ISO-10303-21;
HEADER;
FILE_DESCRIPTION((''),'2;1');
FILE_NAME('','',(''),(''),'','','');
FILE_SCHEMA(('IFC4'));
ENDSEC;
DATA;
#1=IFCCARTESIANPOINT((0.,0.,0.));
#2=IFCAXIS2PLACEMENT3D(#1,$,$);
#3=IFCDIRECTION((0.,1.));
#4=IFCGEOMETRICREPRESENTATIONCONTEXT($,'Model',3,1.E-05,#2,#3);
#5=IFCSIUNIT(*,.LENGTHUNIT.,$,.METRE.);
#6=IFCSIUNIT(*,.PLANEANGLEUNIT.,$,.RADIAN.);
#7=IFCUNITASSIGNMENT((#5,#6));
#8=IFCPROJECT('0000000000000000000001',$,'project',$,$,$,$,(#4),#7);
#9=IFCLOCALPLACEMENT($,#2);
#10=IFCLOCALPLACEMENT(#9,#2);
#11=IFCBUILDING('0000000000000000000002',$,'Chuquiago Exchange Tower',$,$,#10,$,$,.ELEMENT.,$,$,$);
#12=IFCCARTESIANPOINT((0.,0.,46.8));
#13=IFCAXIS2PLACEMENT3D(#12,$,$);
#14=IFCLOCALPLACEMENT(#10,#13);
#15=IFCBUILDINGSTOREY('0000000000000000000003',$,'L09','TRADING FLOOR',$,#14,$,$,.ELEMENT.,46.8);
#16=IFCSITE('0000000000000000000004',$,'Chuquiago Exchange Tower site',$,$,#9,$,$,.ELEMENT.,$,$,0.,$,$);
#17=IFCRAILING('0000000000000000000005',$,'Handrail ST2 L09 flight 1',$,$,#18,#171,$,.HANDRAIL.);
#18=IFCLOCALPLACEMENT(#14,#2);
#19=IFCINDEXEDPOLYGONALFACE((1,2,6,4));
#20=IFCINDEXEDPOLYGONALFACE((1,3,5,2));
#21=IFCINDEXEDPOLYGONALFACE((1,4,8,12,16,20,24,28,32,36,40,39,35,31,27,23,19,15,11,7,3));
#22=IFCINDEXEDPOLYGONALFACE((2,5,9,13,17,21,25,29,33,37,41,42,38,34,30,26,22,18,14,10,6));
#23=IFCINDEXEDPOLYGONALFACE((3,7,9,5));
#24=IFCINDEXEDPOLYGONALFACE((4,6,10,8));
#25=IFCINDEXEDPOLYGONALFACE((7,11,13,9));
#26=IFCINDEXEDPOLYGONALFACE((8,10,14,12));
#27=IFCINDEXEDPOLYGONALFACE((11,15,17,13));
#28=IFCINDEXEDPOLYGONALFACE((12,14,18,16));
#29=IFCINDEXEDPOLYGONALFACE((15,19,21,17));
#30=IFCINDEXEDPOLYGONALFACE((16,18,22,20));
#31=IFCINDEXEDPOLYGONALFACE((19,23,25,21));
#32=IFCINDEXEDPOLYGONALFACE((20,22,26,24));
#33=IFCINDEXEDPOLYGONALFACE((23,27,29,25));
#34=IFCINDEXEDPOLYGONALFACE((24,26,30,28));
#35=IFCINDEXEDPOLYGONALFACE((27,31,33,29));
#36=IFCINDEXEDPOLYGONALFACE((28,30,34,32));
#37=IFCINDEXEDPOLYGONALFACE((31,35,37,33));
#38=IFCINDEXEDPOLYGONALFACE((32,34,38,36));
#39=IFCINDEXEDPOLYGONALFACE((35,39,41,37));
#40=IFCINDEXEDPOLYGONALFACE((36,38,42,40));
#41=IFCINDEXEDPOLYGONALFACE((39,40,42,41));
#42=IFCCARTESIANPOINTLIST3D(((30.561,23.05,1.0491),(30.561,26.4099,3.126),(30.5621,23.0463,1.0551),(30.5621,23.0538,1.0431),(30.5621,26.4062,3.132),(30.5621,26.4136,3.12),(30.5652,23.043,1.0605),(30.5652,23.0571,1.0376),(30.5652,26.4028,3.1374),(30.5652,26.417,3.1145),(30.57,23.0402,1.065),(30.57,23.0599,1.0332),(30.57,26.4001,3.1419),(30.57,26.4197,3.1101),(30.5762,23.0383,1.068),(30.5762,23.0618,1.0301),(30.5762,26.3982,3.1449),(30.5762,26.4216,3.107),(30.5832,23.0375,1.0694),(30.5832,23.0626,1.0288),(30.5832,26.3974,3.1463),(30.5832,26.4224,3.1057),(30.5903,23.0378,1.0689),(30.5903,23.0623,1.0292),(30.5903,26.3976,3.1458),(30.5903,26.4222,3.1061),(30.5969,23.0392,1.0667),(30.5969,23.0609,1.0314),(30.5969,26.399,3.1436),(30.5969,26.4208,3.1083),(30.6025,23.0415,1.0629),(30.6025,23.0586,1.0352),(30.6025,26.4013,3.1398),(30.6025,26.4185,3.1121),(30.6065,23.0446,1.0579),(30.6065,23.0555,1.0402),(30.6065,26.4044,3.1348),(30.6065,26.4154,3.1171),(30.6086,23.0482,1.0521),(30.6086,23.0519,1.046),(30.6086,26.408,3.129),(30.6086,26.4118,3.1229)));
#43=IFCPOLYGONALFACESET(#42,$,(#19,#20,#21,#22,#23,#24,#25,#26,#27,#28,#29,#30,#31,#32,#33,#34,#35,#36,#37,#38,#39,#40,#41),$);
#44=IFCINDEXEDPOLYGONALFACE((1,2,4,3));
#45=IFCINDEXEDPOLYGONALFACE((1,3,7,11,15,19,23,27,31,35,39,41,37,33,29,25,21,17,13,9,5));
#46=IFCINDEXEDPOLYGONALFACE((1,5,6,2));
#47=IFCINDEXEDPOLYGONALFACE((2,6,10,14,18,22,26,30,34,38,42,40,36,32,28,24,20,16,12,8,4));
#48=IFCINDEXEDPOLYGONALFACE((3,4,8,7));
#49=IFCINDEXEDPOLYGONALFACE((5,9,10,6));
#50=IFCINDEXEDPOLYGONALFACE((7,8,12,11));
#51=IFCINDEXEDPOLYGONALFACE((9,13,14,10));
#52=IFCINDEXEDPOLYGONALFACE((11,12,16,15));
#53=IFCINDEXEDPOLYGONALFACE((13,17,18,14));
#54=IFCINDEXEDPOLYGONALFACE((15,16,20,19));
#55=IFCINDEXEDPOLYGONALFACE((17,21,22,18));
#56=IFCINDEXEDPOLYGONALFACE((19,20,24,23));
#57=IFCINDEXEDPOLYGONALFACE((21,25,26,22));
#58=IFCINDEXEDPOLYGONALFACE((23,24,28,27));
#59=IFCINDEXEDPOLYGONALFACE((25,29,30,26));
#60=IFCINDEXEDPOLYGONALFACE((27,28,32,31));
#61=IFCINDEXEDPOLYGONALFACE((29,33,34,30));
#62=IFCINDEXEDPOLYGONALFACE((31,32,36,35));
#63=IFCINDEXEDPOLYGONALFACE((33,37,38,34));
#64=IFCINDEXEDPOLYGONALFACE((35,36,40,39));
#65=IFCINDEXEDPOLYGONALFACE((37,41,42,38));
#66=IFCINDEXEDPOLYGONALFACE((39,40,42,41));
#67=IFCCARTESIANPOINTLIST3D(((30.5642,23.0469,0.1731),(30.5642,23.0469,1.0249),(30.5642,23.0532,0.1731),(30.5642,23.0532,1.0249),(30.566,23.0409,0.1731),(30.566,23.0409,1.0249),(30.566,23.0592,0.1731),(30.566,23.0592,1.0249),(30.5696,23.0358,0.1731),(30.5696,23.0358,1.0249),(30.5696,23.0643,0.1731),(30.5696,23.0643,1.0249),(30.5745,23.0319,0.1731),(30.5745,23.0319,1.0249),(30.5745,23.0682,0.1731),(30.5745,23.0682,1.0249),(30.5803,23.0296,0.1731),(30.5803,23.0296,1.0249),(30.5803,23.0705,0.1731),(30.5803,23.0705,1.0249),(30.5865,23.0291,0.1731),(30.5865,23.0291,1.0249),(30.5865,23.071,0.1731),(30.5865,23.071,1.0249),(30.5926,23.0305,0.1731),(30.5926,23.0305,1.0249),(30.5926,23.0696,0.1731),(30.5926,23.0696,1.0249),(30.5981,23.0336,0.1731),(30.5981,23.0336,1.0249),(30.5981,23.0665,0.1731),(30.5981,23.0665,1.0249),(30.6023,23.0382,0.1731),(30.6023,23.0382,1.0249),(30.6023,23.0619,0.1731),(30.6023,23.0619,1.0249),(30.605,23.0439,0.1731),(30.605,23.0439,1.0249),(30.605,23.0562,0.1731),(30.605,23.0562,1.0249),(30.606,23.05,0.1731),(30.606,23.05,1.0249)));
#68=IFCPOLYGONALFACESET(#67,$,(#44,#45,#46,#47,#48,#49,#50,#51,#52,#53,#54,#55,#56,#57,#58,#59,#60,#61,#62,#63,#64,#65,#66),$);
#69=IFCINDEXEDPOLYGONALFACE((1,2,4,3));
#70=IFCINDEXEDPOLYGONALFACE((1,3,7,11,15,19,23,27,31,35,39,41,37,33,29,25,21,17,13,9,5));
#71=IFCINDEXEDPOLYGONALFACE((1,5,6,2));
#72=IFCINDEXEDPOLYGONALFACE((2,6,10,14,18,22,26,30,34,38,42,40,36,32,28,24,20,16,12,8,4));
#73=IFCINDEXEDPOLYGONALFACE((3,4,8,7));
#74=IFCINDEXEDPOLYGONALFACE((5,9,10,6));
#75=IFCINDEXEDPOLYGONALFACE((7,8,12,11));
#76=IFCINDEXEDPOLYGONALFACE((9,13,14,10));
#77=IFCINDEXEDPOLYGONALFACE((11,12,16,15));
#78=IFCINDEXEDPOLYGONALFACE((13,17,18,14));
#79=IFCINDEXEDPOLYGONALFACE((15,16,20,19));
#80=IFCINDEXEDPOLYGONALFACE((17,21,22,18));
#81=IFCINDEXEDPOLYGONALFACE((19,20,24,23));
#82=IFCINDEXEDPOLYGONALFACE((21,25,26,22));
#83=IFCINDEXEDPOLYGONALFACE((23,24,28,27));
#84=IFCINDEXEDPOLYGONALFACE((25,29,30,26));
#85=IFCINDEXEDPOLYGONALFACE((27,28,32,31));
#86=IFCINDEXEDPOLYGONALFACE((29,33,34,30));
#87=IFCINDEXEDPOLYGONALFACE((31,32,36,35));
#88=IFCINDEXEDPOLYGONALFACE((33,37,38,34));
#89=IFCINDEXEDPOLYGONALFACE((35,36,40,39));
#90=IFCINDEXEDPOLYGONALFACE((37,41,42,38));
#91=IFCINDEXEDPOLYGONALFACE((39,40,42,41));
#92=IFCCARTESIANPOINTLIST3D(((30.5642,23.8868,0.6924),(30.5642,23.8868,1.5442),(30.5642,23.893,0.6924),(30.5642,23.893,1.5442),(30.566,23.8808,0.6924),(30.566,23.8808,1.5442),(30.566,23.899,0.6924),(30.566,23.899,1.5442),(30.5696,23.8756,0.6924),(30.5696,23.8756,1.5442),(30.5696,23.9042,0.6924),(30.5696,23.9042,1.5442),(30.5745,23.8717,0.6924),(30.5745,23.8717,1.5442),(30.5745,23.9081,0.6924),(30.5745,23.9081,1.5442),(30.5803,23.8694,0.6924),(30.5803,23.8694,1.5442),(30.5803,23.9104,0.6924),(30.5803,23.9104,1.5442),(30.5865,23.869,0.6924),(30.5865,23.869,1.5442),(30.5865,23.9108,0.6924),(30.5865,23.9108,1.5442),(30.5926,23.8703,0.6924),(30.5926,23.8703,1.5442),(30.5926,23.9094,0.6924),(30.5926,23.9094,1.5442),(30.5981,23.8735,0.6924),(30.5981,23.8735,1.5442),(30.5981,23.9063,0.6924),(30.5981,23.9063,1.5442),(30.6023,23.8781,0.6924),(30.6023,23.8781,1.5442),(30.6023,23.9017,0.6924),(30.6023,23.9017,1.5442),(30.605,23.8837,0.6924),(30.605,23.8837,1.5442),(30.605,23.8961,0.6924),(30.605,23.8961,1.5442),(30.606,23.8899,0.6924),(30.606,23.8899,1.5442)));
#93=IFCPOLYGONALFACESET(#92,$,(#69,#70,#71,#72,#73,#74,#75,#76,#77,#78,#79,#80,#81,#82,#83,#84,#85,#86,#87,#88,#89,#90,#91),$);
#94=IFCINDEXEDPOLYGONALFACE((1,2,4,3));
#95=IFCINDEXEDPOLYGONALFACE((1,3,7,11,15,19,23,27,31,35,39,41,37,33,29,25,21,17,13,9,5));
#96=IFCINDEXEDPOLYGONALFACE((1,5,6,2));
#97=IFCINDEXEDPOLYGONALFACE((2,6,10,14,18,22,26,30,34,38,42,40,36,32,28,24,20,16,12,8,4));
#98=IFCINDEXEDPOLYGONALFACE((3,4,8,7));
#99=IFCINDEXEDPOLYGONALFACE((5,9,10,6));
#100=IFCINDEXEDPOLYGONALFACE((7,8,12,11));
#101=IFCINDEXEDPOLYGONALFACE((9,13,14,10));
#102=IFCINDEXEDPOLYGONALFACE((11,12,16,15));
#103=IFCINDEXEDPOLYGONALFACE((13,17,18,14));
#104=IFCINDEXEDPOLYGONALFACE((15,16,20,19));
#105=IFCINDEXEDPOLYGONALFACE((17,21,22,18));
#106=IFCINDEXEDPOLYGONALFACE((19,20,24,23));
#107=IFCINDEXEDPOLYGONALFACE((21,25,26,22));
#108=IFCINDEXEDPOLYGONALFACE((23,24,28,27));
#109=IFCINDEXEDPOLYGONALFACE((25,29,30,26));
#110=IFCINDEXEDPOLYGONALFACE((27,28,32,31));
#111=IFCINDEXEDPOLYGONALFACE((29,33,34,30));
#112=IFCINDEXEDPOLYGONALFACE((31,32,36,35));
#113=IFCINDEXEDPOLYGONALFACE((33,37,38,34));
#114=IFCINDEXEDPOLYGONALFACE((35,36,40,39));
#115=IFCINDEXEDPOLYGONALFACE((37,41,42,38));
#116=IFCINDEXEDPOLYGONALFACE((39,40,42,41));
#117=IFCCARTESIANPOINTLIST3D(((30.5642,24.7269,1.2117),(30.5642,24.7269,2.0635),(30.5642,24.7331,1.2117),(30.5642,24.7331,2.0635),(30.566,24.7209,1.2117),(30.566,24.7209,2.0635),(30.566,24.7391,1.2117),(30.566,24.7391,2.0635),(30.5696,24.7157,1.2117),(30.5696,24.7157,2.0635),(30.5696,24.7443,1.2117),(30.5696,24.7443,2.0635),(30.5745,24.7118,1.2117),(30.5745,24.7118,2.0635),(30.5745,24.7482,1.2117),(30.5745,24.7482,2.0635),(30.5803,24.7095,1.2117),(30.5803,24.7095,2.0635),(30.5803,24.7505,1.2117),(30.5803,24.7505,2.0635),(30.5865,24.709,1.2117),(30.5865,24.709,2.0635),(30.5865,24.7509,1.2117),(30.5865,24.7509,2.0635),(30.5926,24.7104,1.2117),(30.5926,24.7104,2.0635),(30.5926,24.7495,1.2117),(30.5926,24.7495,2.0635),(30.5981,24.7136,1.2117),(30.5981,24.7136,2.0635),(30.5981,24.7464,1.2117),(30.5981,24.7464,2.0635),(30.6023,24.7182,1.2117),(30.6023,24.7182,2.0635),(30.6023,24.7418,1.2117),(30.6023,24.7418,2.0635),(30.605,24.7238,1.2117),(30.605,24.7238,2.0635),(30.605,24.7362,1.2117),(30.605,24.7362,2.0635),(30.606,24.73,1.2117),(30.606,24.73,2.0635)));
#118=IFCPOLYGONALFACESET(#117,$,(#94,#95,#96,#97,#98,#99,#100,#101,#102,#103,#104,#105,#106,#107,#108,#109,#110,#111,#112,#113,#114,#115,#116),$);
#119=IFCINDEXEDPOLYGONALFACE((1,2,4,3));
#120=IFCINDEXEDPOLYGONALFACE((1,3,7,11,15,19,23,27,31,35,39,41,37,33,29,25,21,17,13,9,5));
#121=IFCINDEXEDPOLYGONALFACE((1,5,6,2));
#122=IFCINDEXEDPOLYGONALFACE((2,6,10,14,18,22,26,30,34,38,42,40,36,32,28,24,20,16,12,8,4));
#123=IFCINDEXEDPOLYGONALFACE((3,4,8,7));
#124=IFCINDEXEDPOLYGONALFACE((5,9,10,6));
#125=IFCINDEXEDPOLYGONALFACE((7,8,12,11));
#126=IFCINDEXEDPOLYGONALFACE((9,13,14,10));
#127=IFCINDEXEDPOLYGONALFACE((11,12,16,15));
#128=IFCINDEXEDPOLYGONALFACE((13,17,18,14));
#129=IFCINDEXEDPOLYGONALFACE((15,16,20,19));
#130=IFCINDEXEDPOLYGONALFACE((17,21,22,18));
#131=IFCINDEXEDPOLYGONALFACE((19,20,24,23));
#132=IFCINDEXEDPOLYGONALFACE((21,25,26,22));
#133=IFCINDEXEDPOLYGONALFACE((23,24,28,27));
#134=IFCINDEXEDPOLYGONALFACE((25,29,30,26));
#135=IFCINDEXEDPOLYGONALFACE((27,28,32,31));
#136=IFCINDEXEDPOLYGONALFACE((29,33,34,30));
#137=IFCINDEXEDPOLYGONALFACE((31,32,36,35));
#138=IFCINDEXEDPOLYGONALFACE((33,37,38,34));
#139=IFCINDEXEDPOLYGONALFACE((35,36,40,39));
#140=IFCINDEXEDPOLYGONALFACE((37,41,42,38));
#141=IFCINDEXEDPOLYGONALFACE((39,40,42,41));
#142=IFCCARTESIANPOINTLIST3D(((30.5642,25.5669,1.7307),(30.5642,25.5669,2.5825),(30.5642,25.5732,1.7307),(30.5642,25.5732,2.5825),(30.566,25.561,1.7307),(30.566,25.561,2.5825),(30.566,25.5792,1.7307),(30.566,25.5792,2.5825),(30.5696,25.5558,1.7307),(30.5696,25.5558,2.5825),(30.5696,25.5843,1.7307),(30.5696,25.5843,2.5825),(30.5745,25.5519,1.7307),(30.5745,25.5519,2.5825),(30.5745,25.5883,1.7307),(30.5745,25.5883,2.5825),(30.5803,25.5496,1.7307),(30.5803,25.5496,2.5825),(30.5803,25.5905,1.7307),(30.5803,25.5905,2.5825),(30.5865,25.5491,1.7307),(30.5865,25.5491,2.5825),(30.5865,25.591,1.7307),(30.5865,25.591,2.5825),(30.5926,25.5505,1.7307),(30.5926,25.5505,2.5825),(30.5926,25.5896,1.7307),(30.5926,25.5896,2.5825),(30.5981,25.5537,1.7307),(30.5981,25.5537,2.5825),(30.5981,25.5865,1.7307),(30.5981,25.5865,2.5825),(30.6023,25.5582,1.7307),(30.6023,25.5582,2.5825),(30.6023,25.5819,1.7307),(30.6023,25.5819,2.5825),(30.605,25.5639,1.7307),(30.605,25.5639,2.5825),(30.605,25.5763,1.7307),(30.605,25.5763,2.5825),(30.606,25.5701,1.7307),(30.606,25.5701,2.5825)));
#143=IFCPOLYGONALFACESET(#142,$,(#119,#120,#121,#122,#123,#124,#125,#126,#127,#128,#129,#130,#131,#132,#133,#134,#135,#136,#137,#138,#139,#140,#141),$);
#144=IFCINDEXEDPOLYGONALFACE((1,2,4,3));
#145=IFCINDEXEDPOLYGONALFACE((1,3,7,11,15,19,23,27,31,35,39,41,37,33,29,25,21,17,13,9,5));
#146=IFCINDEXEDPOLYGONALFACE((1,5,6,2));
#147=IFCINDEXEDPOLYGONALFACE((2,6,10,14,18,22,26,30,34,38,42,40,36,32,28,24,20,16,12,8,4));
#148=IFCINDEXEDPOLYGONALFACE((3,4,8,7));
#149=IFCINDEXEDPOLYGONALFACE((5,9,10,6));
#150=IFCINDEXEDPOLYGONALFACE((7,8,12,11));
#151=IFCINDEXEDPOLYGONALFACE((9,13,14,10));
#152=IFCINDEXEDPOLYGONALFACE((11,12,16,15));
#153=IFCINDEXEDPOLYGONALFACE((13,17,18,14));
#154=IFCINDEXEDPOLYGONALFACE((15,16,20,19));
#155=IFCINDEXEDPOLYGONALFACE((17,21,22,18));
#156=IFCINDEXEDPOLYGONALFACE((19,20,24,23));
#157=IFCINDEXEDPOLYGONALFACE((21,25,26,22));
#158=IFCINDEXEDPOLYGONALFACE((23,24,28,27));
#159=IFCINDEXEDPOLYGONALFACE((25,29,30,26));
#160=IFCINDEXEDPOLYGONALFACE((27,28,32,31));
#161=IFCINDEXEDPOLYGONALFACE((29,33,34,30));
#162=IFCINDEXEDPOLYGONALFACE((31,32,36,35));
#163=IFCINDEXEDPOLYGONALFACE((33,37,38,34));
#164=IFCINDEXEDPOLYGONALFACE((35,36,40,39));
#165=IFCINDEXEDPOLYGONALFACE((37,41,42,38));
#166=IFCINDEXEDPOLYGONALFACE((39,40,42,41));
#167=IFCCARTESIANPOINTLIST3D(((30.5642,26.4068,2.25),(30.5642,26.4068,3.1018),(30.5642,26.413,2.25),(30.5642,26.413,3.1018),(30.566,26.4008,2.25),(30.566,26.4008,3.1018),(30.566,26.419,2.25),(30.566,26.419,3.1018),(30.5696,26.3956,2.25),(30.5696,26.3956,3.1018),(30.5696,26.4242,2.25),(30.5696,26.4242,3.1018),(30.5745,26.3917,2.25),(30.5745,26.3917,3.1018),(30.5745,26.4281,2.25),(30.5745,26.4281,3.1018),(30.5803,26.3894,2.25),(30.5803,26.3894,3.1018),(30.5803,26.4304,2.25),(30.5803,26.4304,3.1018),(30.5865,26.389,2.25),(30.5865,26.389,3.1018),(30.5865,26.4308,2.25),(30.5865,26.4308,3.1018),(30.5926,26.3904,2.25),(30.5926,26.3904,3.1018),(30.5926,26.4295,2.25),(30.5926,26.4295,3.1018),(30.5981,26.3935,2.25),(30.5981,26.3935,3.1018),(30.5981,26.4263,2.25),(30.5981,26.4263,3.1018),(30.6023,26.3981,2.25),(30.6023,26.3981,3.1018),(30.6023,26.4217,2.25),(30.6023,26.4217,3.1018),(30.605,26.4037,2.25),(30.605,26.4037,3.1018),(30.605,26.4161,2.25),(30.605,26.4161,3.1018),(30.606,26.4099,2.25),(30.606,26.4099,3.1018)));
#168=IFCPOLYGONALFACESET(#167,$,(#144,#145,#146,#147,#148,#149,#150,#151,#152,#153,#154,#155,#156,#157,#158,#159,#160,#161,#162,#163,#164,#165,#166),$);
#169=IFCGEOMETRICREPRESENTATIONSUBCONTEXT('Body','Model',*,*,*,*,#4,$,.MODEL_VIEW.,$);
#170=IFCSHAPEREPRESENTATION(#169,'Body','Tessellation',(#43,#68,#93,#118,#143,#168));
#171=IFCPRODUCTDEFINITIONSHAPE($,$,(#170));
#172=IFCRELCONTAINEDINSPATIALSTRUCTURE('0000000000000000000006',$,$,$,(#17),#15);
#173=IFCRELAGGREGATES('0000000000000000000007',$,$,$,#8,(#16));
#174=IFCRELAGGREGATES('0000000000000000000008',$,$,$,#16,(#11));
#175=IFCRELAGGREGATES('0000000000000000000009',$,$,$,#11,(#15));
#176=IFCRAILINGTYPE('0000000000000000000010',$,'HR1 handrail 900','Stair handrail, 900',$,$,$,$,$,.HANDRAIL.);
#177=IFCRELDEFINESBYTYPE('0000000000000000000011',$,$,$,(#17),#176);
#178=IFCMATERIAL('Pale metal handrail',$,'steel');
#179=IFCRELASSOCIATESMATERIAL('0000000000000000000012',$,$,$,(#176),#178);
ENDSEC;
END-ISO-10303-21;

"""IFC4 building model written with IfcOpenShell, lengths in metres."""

from ifc_helpers import new_model, si_unit, direction, frame, origin, origin_2d, place, context, subcontext, project, spatial, circle, extrude, material, type_object, element, save


model = new_model("IFC4")

# Units and contexts
model_context = context("Model", 3, precision=1e-05, world=origin(), true_north=direction((0.0, 1.0)))
body_context = subcontext(model_context, "Body", "Model", "MODEL_VIEW")
ifc_project = project(units=[si_unit("LENGTHUNIT", "METRE"), si_unit("PLANEANGLEUNIT", "RADIAN")], contexts=[model_context])

# Site, building, storey
site_placement = place(None, origin())
site = spatial("IfcSite", under=ifc_project, at=site_placement, Name="Chuquiago Exchange Tower site", CompositionType="ELEMENT", RefElevation=0.0)
building_placement = place(site_placement, origin())
building = spatial("IfcBuilding", under=site, at=building_placement, Name="Chuquiago Exchange Tower", CompositionType="ELEMENT")
storey_placement = place(building_placement, frame((0.0, 0.0, 46.8)))
storey = spatial("IfcBuildingStorey", under=building, at=storey_placement, Name="L09", Description="TRADING FLOOR", CompositionType="ELEMENT", Elevation=46.8)

# Railing
ifc_material_1 = material(Name="Pale metal handrail", Category="steel")
railing_type_1 = type_object("IfcRailingType", Name="HR1 handrail 900", Description="Stair handrail, 900", PredefinedType="HANDRAIL", material=ifc_material_1)
for number, where, name in (
    (1, (30.585, 23.05, 0.1731), "Handrail ST2 L09 flight 1"),
):
    element("IfcRailing", number, at=place(storey_placement, frame(where)), inside=storey, type_object=railing_type_1, Name=name, PredefinedType="HANDRAIL", context=body_context, shape_type="SweptSolid", body=[
        extrude(circle(Radius=0.0239, at=origin_2d()), frame((0.0, 0.0, 0.876), z_axis=(0.0, 0.850606, 0.525803), x_axis=(-1.0, 0.0, 0.0)), (0.0, 0.0, 1.0), 3.95),
        extrude(circle(Radius=0.021, at=origin_2d()), origin(), (0.0, 0.0, 1.0), 0.8518),
        extrude(circle(Radius=0.021, at=origin_2d()), frame((0.0, 0.8398, 0.5193)), (0.0, 0.0, 1.0), 0.8518),
        extrude(circle(Radius=0.021, at=origin_2d()), frame((0.0, 1.6799, 1.0386)), (0.0, 0.0, 1.0), 0.8518),
        extrude(circle(Radius=0.021, at=origin_2d()), frame((0.0, 2.52, 1.5576)), (0.0, 0.0, 1.0), 0.8518),
        extrude(circle(Radius=0.021, at=origin_2d()), frame((0.0, 3.3599, 2.0769)), (0.0, 0.0, 1.0), 0.8518),
    ])

save(model, "model.ifc")
